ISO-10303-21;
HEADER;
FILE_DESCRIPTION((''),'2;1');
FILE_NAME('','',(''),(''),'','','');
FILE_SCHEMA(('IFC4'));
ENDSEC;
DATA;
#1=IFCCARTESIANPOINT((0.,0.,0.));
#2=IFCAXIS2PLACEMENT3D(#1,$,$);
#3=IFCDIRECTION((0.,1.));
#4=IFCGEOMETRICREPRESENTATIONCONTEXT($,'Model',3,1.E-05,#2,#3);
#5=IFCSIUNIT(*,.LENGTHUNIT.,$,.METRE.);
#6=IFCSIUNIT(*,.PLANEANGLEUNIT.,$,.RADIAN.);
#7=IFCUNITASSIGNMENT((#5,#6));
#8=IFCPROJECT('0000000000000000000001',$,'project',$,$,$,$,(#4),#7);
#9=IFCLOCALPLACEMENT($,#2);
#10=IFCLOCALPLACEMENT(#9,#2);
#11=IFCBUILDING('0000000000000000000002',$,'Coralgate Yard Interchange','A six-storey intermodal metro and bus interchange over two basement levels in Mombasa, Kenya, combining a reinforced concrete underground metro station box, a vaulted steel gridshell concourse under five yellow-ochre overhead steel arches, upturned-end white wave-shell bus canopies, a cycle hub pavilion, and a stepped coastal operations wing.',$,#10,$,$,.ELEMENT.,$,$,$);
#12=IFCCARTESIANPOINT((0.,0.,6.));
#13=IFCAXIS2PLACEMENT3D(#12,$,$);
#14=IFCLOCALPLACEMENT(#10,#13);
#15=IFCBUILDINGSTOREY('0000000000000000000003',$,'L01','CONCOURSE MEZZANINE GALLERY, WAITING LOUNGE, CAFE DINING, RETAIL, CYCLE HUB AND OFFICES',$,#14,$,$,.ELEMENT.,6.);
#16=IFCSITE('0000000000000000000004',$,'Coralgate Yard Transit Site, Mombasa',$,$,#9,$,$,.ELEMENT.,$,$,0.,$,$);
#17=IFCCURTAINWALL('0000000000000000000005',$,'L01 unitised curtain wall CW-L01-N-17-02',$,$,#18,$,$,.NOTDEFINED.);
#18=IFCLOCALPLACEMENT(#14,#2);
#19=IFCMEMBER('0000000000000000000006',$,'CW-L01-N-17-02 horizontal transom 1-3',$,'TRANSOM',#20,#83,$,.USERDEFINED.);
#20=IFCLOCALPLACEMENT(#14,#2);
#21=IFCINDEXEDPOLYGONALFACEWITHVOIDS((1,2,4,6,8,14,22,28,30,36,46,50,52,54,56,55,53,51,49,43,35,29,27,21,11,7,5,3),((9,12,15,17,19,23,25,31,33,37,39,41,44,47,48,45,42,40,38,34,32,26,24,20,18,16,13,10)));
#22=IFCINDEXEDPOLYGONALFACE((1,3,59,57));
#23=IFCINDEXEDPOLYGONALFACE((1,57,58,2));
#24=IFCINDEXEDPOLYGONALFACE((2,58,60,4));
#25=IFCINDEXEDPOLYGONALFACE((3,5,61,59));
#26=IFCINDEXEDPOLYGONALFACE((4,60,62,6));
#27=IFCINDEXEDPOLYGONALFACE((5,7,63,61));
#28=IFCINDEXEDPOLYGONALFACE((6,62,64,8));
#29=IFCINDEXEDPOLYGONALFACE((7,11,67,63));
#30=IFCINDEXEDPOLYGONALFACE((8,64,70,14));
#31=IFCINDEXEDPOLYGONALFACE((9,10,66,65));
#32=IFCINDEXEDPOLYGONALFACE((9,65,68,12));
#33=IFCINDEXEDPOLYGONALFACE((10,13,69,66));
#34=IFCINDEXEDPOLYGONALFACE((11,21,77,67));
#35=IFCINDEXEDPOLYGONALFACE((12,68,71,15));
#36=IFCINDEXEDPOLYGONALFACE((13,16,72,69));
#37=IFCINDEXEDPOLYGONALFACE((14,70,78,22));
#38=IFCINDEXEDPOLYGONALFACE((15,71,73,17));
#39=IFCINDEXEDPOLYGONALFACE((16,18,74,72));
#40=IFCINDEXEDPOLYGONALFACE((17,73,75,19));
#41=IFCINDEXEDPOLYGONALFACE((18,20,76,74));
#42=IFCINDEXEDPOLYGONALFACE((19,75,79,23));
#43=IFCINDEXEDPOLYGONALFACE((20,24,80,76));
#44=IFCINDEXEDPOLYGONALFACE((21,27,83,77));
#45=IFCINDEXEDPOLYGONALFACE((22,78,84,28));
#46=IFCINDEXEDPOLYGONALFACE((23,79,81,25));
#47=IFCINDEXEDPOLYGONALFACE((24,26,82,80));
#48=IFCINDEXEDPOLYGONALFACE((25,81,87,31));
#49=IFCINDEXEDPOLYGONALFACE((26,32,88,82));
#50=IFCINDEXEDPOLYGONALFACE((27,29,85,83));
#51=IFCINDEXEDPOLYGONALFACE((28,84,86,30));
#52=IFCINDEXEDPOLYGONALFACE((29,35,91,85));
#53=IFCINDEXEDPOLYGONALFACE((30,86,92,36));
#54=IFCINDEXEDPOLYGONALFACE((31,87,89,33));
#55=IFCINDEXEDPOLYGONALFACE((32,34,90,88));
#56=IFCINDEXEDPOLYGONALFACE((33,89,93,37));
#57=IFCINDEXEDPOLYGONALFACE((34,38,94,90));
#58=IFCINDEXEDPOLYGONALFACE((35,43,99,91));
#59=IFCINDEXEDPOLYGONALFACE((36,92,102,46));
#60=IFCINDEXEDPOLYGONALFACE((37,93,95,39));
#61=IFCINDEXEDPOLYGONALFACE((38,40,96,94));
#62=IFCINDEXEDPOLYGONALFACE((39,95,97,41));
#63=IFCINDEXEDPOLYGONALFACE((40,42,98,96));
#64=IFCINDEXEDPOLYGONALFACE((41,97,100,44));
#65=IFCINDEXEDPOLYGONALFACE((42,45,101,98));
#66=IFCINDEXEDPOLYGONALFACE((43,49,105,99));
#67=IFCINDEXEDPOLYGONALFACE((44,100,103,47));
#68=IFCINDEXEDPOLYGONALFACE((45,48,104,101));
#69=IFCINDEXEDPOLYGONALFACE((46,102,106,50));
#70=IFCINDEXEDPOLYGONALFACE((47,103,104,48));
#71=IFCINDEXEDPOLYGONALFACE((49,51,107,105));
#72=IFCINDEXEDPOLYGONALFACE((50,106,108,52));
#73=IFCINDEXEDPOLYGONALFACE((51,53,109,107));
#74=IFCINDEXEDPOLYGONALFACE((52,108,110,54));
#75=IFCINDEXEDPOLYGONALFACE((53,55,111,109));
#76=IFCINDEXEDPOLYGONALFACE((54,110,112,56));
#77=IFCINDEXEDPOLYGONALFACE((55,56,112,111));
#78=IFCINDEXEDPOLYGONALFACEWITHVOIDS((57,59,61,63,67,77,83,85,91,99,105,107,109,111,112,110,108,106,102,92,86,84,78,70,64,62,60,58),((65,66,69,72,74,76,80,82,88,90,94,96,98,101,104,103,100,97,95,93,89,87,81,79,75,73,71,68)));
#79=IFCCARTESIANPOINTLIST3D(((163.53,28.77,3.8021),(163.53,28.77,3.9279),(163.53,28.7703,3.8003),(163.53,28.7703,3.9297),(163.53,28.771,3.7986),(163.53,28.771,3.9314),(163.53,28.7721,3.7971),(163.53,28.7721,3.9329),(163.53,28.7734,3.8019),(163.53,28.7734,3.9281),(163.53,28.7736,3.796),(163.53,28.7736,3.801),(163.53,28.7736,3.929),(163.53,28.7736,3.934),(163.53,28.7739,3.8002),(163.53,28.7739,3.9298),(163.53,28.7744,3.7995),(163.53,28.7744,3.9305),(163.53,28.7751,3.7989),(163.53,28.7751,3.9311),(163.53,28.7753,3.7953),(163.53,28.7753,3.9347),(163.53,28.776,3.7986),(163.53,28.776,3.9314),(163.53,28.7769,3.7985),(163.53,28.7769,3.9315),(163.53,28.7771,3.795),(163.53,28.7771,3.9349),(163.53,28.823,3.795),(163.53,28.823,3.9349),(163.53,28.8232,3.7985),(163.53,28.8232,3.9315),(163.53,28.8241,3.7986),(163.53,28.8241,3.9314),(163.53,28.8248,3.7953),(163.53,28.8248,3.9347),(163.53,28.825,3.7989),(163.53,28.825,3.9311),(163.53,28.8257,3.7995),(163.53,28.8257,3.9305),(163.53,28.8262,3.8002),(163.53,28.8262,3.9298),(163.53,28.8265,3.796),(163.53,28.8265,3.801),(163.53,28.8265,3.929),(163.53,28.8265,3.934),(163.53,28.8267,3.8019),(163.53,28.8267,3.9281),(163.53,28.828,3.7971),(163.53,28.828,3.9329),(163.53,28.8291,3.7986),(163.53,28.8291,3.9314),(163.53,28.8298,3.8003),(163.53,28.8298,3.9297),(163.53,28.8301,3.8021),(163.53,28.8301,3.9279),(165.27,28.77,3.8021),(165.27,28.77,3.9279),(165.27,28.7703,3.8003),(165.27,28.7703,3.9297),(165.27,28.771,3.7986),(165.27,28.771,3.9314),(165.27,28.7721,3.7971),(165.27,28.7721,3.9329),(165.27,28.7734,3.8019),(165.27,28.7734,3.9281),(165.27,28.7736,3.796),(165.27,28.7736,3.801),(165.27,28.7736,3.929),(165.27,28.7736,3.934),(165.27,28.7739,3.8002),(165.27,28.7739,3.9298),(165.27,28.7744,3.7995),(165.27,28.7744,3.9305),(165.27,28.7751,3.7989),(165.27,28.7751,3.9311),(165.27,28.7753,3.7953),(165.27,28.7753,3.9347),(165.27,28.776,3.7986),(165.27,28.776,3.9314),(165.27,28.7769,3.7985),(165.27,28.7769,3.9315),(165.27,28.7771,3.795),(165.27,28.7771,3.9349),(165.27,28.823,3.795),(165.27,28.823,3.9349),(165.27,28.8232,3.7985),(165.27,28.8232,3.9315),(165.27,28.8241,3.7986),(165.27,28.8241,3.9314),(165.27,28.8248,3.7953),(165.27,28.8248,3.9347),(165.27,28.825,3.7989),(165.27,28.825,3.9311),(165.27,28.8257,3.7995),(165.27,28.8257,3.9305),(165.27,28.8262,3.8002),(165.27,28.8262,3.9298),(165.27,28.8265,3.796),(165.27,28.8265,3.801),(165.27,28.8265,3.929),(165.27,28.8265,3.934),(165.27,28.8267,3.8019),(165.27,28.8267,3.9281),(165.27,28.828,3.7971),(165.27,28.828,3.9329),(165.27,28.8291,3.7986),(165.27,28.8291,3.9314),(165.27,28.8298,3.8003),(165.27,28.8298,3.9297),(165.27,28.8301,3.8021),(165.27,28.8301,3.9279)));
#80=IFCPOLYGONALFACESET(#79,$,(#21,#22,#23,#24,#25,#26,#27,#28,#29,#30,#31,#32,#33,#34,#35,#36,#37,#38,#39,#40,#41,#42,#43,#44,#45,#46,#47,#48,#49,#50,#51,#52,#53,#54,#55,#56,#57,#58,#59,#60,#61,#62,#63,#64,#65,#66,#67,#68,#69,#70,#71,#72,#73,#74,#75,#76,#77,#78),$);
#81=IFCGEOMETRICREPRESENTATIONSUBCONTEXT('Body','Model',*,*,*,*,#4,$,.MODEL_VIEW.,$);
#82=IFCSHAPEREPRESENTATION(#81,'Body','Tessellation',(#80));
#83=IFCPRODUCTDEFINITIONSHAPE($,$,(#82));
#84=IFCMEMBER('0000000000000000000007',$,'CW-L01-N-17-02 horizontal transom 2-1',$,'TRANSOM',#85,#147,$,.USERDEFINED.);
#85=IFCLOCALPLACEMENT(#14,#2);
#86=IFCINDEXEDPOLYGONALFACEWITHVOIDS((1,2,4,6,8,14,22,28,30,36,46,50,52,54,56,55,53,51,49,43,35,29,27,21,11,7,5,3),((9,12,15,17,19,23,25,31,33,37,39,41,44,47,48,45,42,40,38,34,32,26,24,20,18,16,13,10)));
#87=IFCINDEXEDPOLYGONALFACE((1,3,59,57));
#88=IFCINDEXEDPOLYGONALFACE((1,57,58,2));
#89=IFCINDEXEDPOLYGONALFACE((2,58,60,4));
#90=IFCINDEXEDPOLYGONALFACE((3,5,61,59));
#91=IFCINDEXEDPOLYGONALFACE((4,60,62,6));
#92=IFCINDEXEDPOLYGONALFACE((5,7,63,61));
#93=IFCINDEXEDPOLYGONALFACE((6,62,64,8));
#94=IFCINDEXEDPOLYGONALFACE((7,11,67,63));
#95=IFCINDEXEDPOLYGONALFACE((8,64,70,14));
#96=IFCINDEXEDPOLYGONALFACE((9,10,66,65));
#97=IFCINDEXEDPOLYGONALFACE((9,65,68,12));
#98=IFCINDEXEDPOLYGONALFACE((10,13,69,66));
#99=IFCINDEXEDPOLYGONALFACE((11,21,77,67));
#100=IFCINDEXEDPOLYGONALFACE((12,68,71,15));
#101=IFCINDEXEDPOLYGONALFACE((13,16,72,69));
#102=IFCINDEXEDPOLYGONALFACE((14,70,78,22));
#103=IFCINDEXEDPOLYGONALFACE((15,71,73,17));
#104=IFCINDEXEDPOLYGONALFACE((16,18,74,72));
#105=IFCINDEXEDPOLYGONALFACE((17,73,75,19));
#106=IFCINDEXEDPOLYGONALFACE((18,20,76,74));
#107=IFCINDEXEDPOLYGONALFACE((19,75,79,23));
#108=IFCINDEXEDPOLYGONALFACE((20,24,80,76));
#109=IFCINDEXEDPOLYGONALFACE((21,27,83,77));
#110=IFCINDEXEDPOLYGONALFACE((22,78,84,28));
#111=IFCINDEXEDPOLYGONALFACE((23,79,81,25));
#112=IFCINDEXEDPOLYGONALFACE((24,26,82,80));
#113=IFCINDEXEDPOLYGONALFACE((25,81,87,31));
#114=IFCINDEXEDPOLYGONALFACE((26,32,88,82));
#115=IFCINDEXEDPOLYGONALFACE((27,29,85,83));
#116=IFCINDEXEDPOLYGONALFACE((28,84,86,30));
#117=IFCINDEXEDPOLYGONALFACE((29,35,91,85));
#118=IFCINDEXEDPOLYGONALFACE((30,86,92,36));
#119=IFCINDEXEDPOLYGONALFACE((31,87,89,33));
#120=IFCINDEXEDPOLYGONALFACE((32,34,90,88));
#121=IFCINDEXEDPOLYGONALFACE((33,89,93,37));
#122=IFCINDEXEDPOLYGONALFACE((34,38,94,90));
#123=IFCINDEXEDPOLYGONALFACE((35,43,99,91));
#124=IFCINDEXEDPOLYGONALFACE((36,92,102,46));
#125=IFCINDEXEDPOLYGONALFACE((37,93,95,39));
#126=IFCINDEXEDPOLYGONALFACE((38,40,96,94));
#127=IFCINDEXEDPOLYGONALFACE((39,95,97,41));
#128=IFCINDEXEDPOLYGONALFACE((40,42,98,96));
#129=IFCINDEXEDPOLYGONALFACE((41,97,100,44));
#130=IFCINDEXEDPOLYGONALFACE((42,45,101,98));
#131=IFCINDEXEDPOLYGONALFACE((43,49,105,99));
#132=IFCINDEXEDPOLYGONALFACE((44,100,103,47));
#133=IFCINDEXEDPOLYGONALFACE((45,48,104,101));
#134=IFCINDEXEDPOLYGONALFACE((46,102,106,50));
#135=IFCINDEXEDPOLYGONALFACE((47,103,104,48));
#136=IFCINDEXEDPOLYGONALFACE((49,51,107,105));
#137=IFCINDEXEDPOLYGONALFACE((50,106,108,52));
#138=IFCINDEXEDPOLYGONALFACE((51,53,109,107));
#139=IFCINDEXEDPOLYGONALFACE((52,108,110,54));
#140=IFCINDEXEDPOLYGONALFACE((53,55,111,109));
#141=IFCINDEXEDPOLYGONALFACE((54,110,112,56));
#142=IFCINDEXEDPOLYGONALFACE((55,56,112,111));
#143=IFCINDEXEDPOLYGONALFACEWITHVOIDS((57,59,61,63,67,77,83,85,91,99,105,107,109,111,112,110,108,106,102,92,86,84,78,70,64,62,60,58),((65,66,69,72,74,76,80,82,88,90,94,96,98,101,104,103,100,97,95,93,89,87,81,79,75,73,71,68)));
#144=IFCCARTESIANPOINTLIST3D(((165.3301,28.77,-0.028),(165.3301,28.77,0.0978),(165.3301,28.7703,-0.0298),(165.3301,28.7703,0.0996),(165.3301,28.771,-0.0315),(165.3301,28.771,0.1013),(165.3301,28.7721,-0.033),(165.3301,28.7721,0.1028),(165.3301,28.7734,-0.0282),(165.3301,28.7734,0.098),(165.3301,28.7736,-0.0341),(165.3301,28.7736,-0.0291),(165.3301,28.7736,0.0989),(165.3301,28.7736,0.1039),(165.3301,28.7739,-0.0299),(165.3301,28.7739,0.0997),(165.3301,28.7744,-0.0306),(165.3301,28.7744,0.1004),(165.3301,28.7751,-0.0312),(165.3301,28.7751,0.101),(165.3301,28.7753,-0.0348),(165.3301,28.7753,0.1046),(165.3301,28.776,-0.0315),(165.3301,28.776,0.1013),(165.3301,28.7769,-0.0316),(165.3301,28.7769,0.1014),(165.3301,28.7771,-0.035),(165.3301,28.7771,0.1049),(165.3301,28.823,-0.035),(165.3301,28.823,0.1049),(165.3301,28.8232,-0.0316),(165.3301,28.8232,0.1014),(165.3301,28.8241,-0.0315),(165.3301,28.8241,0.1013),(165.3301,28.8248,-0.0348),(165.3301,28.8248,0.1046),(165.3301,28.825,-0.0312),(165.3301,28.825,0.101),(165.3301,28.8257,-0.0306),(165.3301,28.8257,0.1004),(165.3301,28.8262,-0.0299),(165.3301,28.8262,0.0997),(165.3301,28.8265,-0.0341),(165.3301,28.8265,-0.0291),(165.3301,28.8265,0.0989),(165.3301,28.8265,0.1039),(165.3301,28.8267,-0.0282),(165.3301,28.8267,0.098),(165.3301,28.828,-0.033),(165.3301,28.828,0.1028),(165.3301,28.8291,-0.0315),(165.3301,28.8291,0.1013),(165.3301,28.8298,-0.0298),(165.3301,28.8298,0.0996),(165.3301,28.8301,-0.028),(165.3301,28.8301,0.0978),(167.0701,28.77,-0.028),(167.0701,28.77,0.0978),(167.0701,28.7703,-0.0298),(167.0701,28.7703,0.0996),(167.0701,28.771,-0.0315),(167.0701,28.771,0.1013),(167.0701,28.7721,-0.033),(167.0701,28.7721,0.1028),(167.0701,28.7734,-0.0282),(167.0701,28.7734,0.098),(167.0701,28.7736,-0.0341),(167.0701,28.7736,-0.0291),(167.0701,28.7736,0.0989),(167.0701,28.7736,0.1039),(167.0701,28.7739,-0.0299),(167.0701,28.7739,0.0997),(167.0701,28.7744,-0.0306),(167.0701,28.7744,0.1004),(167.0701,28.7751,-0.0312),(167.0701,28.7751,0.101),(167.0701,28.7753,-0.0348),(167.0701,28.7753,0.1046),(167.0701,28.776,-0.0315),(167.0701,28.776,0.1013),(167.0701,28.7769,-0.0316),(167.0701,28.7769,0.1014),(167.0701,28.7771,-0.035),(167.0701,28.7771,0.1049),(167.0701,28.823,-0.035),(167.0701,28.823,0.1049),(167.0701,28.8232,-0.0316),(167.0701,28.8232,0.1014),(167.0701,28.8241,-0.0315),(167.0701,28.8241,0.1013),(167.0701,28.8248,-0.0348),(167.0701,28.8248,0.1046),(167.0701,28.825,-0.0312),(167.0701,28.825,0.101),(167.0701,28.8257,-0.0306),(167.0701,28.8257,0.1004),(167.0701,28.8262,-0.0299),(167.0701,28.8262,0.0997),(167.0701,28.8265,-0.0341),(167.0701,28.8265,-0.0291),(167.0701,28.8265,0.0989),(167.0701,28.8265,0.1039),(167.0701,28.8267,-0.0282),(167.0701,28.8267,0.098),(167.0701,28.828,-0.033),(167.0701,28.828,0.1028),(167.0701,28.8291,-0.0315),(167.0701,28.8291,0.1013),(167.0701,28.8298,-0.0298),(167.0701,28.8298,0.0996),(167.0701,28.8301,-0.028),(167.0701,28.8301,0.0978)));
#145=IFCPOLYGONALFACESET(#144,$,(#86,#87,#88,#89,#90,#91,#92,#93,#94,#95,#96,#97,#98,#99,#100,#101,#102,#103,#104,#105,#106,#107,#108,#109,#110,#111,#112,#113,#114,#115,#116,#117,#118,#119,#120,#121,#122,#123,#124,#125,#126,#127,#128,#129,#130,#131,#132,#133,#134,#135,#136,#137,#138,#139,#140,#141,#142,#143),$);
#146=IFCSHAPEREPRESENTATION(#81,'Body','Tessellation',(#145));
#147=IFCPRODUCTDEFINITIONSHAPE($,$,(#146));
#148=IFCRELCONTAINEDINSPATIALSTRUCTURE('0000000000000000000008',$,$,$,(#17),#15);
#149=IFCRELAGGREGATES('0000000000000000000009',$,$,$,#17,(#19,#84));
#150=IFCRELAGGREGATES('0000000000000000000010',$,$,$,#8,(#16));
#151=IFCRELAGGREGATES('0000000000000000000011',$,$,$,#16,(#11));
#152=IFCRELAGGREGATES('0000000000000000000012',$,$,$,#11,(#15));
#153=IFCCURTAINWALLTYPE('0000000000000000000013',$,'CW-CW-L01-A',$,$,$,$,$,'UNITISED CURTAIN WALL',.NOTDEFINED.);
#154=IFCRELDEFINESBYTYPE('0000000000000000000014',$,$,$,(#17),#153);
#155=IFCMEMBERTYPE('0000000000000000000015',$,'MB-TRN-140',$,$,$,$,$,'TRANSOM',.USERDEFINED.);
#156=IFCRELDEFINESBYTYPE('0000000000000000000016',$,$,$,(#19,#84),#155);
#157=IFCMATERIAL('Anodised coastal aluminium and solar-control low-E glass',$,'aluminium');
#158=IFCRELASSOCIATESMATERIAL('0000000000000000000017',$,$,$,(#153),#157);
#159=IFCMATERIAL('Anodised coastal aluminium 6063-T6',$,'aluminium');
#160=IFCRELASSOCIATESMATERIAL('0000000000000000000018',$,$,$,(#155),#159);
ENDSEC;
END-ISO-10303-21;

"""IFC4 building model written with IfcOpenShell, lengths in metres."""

from ifc_helpers import new_model, si_unit, direction, frame, origin, origin_2d, place, context, subcontext, project, spatial, hollow_rectangle, extrude, material, material_profile, profile_set, type_object, element, aggregate, save


model = new_model("IFC4")

# Units and contexts
model_context = context("Model", 3, precision=1e-05, world=origin(), true_north=direction((0.0, 1.0)))
body_context = subcontext(model_context, "Body", "Model", "MODEL_VIEW")
ifc_project = project(units=[si_unit("LENGTHUNIT", "METRE"), si_unit("PLANEANGLEUNIT", "RADIAN")], contexts=[model_context])

# Site, building, storey
site_placement = place(None, origin())
site = spatial("IfcSite", under=ifc_project, at=site_placement, Name="Coralgate Yard Transit Site, Mombasa", CompositionType="ELEMENT", RefElevation=0.0)
building_placement = place(site_placement, origin())
building = spatial("IfcBuilding", under=site, at=building_placement, Name="Coralgate Yard Interchange", Description="A six-storey intermodal metro and bus interchange over two basement levels in Mombasa, Kenya, combining a reinforced concrete underground metro station box, a vaulted steel gridshell concourse under five yellow-ochre overhead steel arches, upturned-end white wave-shell bus canopies, a cycle hub pavilion, and a stepped coastal operations wing.", CompositionType="ELEMENT")
storey_placement = place(building_placement, frame((0.0, 0.0, 6.0)))
storey = spatial("IfcBuildingStorey", under=building, at=storey_placement, Name="L01", Description="CONCOURSE MEZZANINE GALLERY, WAITING LOUNGE, CAFE DINING, RETAIL, CYCLE HUB AND OFFICES", CompositionType="ELEMENT", Elevation=6.0)

# Curtain wall, members
ifc_material_1 = material(Name="Anodised coastal aluminium and solar-control low-E glass", Category="aluminium")
curtain_wall_type = type_object("IfcCurtainWallType", Name="CW-CW-L01-A", ElementType="UNITISED CURTAIN WALL", PredefinedType="NOTDEFINED", material=ifc_material_1)
curtain_wall_placement = place(storey_placement, origin())
curtain_wall = element("IfcCurtainWall", 1, at=curtain_wall_placement, inside=storey, type_object=curtain_wall_type, Name="L01 unitised curtain wall CW-L01-N-17-02", PredefinedType="NOTDEFINED")
ifc_material_2 = material(Name="Anodised coastal aluminium 6063-T6", Category="aluminium")
ifc_material_profile_1 = material_profile(ifc_material_2, hollow_rectangle(XDim=0.0601, YDim=0.1399, WallThickness=0.0034, InnerFilletRadius=0.0034, OuterFilletRadius=0.0071, at=origin_2d()), Name="ALU 60x140x3.5")
ifc_profile_set_1 = profile_set([ifc_material_profile_1], Name="Anodised coastal aluminium 6063-T6")
member_type_1 = type_object("IfcMemberType", Name="MB-TRN-140", ElementType="TRANSOM", PredefinedType="USERDEFINED", material=ifc_profile_set_1)
member_1_placement = place(storey_placement, frame((163.53, 28.8, 3.865), z_axis=(1.0, 0.0, 0.0), x_axis=(0.0, 1.0, 0.0)))
member_1 = element("IfcMember", 2, at=member_1_placement, type_object=member_type_1, Name="CW-L01-N-17-02 horizontal transom 1-3", ObjectType="TRANSOM", PredefinedType="USERDEFINED", context=body_context, shape_type="SweptSolid", body=[
    extrude(hollow_rectangle(XDim=0.0601, YDim=0.1399, WallThickness=0.0034, InnerFilletRadius=0.0034, OuterFilletRadius=0.0071, at=origin_2d()), origin(), (0.0, 0.0, 1.0), 1.74),
])
member_2_placement = place(storey_placement, frame((165.3301, 28.8, 0.0349), z_axis=(1.0, 0.0, 0.0), x_axis=(0.0, 1.0, 0.0)))
member_2 = element("IfcMember", 3, at=member_2_placement, type_object=member_type_1, Name="CW-L01-N-17-02 horizontal transom 2-1", ObjectType="TRANSOM", PredefinedType="USERDEFINED", context=body_context, shape_type="SweptSolid", body=[
    extrude(hollow_rectangle(XDim=0.0601, YDim=0.1399, WallThickness=0.0034, InnerFilletRadius=0.0034, OuterFilletRadius=0.0071, at=origin_2d()), origin(), (0.0, 0.0, 1.0), 1.74),
])
aggregate(curtain_wall, [member_1, member_2])

save(model, "model.ifc")
